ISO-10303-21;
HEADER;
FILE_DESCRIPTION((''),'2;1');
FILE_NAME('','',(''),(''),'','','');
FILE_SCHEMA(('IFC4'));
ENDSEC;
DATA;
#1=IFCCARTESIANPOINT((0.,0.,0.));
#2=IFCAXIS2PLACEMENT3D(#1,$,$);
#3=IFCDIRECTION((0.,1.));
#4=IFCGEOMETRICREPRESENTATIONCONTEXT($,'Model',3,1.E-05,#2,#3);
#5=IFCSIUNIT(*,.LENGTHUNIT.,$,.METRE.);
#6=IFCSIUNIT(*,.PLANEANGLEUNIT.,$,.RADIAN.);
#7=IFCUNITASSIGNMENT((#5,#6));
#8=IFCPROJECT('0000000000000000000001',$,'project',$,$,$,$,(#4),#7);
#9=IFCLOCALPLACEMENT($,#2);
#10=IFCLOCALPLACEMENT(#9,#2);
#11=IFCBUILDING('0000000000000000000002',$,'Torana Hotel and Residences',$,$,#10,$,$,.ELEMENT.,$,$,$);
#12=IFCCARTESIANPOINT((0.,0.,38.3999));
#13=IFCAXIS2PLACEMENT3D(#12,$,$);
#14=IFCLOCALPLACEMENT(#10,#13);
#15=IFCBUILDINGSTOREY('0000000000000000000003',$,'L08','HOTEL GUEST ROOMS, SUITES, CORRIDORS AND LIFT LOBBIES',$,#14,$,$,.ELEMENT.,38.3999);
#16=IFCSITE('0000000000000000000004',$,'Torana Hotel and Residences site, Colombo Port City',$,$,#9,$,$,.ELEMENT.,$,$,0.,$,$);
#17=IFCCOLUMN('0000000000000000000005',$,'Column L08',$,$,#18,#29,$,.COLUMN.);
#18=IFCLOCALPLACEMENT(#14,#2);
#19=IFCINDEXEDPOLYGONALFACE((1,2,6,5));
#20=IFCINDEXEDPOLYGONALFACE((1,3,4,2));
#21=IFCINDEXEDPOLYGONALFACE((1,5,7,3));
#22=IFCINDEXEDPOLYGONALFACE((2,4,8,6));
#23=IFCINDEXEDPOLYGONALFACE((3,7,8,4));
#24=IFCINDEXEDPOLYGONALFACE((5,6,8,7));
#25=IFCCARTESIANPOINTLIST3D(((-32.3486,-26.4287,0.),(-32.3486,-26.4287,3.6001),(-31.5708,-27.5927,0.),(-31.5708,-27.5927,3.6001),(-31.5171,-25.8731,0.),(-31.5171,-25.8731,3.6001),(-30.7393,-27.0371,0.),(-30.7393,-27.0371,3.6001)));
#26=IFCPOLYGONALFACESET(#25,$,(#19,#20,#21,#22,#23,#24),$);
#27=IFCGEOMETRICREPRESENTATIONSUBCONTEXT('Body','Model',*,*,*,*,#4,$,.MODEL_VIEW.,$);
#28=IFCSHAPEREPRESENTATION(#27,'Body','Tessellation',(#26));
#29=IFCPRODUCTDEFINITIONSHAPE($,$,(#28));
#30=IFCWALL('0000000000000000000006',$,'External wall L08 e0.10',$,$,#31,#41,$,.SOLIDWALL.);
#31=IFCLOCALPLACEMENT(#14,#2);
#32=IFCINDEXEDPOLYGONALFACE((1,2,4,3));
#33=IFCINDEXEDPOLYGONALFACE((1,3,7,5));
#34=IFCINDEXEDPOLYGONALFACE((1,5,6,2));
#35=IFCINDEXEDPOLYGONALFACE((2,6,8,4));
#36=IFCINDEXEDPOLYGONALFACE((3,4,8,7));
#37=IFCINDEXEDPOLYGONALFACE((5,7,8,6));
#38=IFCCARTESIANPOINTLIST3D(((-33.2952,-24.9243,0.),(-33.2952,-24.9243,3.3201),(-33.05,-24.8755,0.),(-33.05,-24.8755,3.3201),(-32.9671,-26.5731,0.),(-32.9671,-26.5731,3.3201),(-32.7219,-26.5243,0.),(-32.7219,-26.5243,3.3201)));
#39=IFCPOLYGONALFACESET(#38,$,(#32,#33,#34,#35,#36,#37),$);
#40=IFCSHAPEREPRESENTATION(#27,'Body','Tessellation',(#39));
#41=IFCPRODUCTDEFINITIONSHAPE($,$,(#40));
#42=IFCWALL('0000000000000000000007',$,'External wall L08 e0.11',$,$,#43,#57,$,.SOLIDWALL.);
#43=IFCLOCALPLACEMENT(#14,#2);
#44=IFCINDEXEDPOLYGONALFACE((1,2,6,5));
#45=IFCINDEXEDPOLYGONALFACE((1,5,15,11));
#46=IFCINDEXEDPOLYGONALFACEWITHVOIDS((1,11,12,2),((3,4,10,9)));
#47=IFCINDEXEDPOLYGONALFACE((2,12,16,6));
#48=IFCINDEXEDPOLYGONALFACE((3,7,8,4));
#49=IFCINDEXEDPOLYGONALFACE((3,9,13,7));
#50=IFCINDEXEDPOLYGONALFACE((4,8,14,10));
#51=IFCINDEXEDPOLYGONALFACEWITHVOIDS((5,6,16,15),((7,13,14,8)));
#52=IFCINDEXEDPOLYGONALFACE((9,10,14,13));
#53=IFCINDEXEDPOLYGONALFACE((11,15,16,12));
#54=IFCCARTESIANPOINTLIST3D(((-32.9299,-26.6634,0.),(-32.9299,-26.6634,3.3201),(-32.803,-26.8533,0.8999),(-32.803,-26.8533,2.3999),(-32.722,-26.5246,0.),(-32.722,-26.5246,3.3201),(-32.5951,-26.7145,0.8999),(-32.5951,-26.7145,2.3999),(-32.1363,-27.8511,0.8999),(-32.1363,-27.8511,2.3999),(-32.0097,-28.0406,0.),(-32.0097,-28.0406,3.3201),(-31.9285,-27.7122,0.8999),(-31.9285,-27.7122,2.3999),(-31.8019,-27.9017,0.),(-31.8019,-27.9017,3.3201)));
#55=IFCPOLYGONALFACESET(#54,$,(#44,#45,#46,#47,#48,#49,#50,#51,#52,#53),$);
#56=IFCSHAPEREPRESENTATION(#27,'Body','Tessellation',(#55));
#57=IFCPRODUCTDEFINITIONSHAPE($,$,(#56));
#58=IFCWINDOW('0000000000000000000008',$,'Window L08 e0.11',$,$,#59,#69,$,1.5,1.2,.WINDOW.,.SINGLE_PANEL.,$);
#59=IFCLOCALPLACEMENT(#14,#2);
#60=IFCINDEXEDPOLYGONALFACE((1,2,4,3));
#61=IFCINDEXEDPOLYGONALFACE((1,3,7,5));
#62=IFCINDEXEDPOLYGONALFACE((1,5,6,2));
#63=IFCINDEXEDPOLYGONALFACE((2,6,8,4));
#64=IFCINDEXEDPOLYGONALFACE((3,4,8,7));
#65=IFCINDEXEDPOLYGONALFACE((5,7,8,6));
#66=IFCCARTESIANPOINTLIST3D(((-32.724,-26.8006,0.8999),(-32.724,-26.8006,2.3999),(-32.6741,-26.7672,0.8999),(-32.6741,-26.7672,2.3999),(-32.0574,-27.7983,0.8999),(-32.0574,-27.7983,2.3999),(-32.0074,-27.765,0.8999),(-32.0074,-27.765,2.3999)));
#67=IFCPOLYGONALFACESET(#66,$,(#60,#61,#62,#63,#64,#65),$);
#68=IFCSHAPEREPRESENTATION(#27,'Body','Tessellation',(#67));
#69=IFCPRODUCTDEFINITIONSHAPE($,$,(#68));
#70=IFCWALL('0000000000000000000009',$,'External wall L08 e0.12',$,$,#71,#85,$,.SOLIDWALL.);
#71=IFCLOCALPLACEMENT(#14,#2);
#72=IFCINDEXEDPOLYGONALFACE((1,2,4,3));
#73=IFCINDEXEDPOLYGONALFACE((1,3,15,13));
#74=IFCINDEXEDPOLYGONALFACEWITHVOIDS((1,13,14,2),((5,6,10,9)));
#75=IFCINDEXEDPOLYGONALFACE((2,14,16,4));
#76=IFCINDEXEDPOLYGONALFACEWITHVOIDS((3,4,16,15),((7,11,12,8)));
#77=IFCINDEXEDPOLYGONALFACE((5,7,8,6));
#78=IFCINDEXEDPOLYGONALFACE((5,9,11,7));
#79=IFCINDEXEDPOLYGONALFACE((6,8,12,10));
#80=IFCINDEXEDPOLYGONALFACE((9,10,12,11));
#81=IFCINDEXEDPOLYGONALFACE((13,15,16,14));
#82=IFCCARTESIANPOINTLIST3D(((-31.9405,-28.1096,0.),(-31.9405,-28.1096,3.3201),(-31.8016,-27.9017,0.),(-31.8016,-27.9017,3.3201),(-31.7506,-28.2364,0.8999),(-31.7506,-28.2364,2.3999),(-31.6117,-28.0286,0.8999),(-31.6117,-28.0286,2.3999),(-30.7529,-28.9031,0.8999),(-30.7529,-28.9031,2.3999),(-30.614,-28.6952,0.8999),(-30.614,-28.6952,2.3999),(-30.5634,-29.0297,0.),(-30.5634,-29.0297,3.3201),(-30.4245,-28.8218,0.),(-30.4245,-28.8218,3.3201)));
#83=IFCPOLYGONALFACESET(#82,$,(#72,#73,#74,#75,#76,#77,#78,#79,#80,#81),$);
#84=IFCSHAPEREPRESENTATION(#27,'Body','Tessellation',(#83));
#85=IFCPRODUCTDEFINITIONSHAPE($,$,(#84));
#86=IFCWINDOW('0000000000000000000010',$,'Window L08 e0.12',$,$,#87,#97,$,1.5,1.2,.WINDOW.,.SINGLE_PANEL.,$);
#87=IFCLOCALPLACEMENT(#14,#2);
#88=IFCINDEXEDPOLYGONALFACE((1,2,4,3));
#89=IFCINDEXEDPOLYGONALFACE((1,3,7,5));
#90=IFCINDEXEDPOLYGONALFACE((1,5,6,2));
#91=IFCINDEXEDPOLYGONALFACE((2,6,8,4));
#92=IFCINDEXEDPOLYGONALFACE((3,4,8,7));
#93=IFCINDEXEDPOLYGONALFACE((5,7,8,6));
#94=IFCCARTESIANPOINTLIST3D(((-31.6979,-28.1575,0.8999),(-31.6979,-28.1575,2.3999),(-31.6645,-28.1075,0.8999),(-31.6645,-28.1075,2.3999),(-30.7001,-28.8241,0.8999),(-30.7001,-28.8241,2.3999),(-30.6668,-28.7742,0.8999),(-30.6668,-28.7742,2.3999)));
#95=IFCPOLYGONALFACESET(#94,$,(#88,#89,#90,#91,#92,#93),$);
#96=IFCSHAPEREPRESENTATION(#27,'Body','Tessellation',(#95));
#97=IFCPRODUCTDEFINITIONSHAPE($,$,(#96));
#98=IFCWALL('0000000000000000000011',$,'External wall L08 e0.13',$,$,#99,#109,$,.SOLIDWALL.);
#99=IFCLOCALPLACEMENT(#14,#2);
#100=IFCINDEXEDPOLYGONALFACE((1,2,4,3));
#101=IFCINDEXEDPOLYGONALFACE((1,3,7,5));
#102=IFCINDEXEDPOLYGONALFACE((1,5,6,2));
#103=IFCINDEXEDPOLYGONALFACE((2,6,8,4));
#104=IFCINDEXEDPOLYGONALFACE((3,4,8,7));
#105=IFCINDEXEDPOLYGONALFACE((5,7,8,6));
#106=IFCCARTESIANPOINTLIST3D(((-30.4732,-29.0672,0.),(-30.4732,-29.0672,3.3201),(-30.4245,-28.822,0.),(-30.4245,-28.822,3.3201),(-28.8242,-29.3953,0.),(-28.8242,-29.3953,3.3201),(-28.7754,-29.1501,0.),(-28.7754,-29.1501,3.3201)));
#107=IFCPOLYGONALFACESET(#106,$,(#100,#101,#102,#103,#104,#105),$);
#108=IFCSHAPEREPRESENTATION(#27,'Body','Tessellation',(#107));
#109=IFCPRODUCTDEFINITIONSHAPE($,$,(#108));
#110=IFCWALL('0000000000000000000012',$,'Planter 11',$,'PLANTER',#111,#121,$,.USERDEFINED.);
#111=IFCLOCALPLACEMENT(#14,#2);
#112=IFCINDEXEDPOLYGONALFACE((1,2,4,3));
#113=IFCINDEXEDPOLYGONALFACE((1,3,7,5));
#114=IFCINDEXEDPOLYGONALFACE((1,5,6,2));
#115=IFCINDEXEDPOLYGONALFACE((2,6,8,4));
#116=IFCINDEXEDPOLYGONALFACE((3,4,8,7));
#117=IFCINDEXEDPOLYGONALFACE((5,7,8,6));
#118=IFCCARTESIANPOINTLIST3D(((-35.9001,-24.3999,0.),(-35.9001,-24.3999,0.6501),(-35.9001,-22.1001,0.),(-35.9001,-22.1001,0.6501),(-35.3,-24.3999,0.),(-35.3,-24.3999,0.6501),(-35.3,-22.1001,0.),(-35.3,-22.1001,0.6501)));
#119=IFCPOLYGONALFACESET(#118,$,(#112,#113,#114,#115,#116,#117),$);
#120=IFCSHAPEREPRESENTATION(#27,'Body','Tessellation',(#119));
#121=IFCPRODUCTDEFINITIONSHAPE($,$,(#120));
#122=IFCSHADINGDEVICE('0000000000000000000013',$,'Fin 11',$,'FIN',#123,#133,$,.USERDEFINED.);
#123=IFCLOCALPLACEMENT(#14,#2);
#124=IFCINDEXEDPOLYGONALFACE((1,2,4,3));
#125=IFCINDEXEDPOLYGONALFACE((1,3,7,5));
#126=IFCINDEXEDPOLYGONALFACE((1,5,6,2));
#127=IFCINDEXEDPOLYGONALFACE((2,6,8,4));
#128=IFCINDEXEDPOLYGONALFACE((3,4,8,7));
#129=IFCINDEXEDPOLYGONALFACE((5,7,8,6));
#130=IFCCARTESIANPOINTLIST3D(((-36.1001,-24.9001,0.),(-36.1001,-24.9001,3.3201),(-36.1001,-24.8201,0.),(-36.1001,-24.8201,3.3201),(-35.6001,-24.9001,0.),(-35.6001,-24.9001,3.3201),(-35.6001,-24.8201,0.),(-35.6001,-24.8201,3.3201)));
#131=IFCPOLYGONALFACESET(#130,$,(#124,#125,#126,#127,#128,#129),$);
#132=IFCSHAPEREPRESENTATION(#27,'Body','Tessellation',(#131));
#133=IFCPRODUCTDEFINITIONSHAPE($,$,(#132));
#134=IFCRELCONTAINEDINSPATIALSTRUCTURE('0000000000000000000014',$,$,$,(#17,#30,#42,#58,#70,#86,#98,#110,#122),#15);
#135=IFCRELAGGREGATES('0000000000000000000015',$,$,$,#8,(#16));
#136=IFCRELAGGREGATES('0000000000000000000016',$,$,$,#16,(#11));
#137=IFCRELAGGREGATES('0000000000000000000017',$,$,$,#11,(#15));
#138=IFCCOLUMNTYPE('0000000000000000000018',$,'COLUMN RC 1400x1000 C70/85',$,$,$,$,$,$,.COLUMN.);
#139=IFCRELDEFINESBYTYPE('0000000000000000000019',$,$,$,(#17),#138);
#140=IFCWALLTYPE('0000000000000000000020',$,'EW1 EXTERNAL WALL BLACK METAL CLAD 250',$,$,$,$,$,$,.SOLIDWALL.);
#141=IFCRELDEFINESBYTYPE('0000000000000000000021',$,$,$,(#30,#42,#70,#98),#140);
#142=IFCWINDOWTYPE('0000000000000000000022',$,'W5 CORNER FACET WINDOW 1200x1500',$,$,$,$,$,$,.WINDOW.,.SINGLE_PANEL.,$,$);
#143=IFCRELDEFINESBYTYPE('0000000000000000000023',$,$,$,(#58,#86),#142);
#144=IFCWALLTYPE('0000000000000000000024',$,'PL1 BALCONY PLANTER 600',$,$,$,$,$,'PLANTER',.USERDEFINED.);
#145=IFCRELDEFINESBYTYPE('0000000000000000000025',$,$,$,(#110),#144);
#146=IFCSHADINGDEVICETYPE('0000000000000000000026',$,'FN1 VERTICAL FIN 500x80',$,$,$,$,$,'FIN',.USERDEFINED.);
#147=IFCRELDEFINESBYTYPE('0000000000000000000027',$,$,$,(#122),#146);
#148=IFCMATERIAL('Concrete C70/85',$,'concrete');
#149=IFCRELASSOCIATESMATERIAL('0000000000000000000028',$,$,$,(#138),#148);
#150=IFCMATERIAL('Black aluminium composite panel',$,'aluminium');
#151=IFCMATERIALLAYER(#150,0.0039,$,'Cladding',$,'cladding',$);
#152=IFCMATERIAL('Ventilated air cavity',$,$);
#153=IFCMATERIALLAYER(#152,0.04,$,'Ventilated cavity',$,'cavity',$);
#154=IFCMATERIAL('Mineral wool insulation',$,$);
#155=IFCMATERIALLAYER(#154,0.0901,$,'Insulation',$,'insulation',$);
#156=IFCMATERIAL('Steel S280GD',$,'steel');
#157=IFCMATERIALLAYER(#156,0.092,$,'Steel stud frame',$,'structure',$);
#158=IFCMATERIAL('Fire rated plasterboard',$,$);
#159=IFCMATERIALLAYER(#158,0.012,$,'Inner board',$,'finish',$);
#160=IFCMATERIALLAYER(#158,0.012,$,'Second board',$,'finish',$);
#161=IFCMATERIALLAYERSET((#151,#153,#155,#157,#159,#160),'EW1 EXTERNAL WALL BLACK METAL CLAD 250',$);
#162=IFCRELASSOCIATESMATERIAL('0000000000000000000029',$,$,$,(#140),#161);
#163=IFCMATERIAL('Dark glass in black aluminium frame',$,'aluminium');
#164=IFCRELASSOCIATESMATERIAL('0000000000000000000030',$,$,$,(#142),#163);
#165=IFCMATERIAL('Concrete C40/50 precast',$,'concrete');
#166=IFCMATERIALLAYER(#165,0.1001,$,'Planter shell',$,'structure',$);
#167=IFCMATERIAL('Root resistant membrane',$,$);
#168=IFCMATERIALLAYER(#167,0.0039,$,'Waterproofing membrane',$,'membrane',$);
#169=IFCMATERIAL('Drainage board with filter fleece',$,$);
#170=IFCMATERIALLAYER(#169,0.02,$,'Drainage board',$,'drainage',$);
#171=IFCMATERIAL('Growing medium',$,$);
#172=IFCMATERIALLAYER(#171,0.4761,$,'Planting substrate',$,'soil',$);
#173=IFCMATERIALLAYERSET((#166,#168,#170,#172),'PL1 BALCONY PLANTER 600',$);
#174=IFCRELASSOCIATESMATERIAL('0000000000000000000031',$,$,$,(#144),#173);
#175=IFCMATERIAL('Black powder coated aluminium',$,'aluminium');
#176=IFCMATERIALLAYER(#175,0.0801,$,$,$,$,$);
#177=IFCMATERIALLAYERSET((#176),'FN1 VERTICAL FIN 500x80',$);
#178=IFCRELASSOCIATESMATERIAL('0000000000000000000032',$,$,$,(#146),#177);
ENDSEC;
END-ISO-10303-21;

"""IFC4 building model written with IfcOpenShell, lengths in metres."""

from ifc_helpers import new_model, si_unit, direction, frame, frame_2d, origin, origin_2d, place, context, subcontext, project, spatial, rectangle, extrude, material, layer, layer_set, material_profile, profile_set, type_object, element, fill, save


model = new_model("IFC4")

# Units and contexts
model_context = context("Model", 3, precision=1e-05, world=origin(), true_north=direction((0.0, 1.0)))
body_context = subcontext(model_context, "Body", "Model", "MODEL_VIEW")
ifc_project = project(units=[si_unit("LENGTHUNIT", "METRE"), si_unit("PLANEANGLEUNIT", "RADIAN")], contexts=[model_context])

# Site, building, storey
site_placement = place(None, origin())
site = spatial("IfcSite", under=ifc_project, at=site_placement, Name="Torana Hotel and Residences site, Colombo Port City", CompositionType="ELEMENT", RefElevation=0.0)
building_placement = place(site_placement, origin())
building = spatial("IfcBuilding", under=site, at=building_placement, Name="Torana Hotel and Residences", CompositionType="ELEMENT")
storey_placement = place(building_placement, frame((0.0, 0.0, 38.3999)))
storey = spatial("IfcBuildingStorey", under=building, at=storey_placement, Name="L08", Description="HOTEL GUEST ROOMS, SUITES, CORRIDORS AND LIFT LOBBIES", CompositionType="ELEMENT", Elevation=38.3999)

# Column
ifc_material_1 = material(Name="Concrete C70/85", Category="concrete")
ifc_material_profile = material_profile(ifc_material_1, rectangle(XDim=1.3999, YDim=1.0, at=origin_2d()), Name="RC 1400x1000")
ifc_profile_set = profile_set([ifc_material_profile], Name="Concrete C70/85")
column_type = type_object("IfcColumnType", Name="COLUMN RC 1400x1000 C70/85", PredefinedType="COLUMN", material=ifc_profile_set)
column_placement = place(storey_placement, frame((-31.5439, -26.7329, 0.0), z_axis=(0.0, 0.0, 1.0), x_axis=(-0.555585, 0.83146, 0.0)))
element("IfcColumn", 1, at=column_placement, inside=storey, type_object=column_type, Name="Column L08", PredefinedType="COLUMN", context=body_context, shape_type="SweptSolid", body=[
    extrude(rectangle(XDim=1.3999, YDim=1.0, at=origin_2d()), origin(), (0.0, 0.0, 1.0), 3.6001),
])

# Wall
ifc_material_2 = material(Name="Black aluminium composite panel", Category="aluminium")
ifc_layer_1 = layer(ifc_material_2, 0.0039, Name="Cladding", Category="cladding")
ifc_material_3 = material(Name="Ventilated air cavity")
ifc_layer_2 = layer(ifc_material_3, 0.04, Name="Ventilated cavity", Category="cavity")
ifc_material_4 = material(Name="Mineral wool insulation")
ifc_layer_3 = layer(ifc_material_4, 0.0901, Name="Insulation", Category="insulation")
ifc_material_5 = material(Name="Steel S280GD", Category="steel")
ifc_layer_4 = layer(ifc_material_5, 0.092, Name="Steel stud frame", Category="structure")
ifc_material_6 = material(Name="Fire rated plasterboard")
ifc_layer_5 = layer(ifc_material_6, 0.012, Name="Inner board", Category="finish")
ifc_layer_6 = layer(ifc_material_6, 0.012, Name="Second board", Category="finish")
ifc_layer_set_1 = layer_set([ifc_layer_1, ifc_layer_2, ifc_layer_3, ifc_layer_4, ifc_layer_5, ifc_layer_6], Name="EW1 EXTERNAL WALL BLACK METAL CLAD 250")
wall_type_1 = type_object("IfcWallType", Name="EW1 EXTERNAL WALL BLACK METAL CLAD 250", PredefinedType="SOLIDWALL", material=ifc_layer_set_1)
wall_1_placement = place(storey_placement, frame((-33.1726, -24.8999, 0.0), z_axis=(0.0, 0.0, 1.0), x_axis=(0.195167, -0.98077, 0.0)))
element("IfcWall", 2, at=wall_1_placement, inside=storey, type_object=wall_type_1, Name="External wall L08 e0.10", PredefinedType="SOLIDWALL", context=body_context, shape_type="SweptSolid", body=[
    extrude(rectangle(XDim=1.6812, YDim=0.25, at=frame_2d((0.8406, 0.0))), origin(), (0.0, 0.0, 1.0), 3.3201),
])

# Walls, openings, windows
wall_2_placement = place(storey_placement, frame((-32.8259, -26.594, 0.0), z_axis=(0.0, 0.0, 1.0), x_axis=(0.55555, -0.831483, 0.0)))
wall_2 = element("IfcWall", 3, at=wall_2_placement, inside=storey, type_object=wall_type_1, Name="External wall L08 e0.11", PredefinedType="SOLIDWALL", context=body_context, shape_type="SweptSolid", body=[
    extrude(rectangle(XDim=1.6562, YDim=0.25, at=frame_2d((0.8281, 0.0))), origin(), (0.0, 0.0, 1.0), 3.3201),
])
opening_1_placement = place(wall_2_placement, frame((0.2283, 0.0, 0.8999)))
opening_1 = element("IfcOpeningElement", 4, at=opening_1_placement, cuts=wall_2, PredefinedType="OPENING", context=body_context, shape_type="SweptSolid", body=[
    extrude(rectangle(XDim=1.2, YDim=1.5, at=frame_2d((0.6001, 0.75))), frame((0.0, 0.135, 0.0), z_axis=(0.0, -1.0, 0.0), x_axis=(1.0, 0.0, 0.0)), (0.0, 0.0, 1.0), 0.27),
])
ifc_material_7 = material(Name="Dark glass in black aluminium frame", Category="aluminium")
window_type = type_object("IfcWindowType", Name="W5 CORNER FACET WINDOW 1200x1500", PartitioningType="SINGLE_PANEL", PredefinedType="WINDOW", material=ifc_material_7)
window_1_placement = place(opening_1_placement, origin())
window_1 = element("IfcWindow", 5, at=window_1_placement, inside=storey, type_object=window_type, Name="Window L08 e0.11", OverallHeight=1.5, OverallWidth=1.2, PartitioningType="SINGLE_PANEL", PredefinedType="WINDOW", context=body_context, shape_type="SweptSolid", body=[
    extrude(rectangle(XDim=1.2, YDim=1.5, at=frame_2d((0.6001, 0.75))), frame((0.0, 0.03, 0.0), z_axis=(0.0, -1.0, 0.0), x_axis=(1.0, 0.0, 0.0)), (0.0, 0.0, 1.0), 0.0601),
])
fill(opening_1, window_1)
wall_3_placement = place(storey_placement, frame((-31.8711, -28.0056, 0.0), z_axis=(0.0, 0.0, 1.0), x_axis=(0.831483, -0.55555, 0.0)))
wall_3 = element("IfcWall", 6, at=wall_3_placement, inside=storey, type_object=wall_type_1, Name="External wall L08 e0.12", PredefinedType="SOLIDWALL", context=body_context, shape_type="SweptSolid", body=[
    extrude(rectangle(XDim=1.6562, YDim=0.25, at=frame_2d((0.8281, 0.0))), origin(), (0.0, 0.0, 1.0), 3.3201),
])
opening_2_placement = place(wall_3_placement, frame((0.2283, 0.0, 0.8999)))
opening_2 = element("IfcOpeningElement", 7, at=opening_2_placement, cuts=wall_3, PredefinedType="OPENING", context=body_context, shape_type="SweptSolid", body=[
    extrude(rectangle(XDim=1.2, YDim=1.5, at=frame_2d((0.6001, 0.75))), frame((0.0, 0.135, 0.0), z_axis=(0.0, -1.0, 0.0), x_axis=(1.0, 0.0, 0.0)), (0.0, 0.0, 1.0), 0.27),
])
window_2_placement = place(opening_2_placement, origin())
window_2 = element("IfcWindow", 8, at=window_2_placement, inside=storey, type_object=window_type, Name="Window L08 e0.12", OverallHeight=1.5, OverallWidth=1.2, PartitioningType="SINGLE_PANEL", PredefinedType="WINDOW", context=body_context, shape_type="SweptSolid", body=[
    extrude(rectangle(XDim=1.2, YDim=1.5, at=frame_2d((0.6001, 0.75))), frame((0.0, 0.03, 0.0), z_axis=(0.0, -1.0, 0.0), x_axis=(1.0, 0.0, 0.0)), (0.0, 0.0, 1.0), 0.0601),
])
fill(opening_2, window_2)

# Walls
wall_4_placement = place(storey_placement, frame((-30.449, -28.9446, 0.0), z_axis=(0.0, 0.0, 1.0), x_axis=(0.980776, -0.195139, 0.0)))
element("IfcWall", 9, at=wall_4_placement, inside=storey, type_object=wall_type_1, Name="External wall L08 e0.13", PredefinedType="SOLIDWALL", context=body_context, shape_type="SweptSolid", body=[
    extrude(rectangle(XDim=1.6814, YDim=0.25, at=frame_2d((0.8408, 0.0))), origin(), (0.0, 0.0, 1.0), 3.3201),
])
ifc_material_8 = material(Name="Concrete C40/50 precast", Category="concrete")
ifc_layer_7 = layer(ifc_material_8, 0.1001, Name="Planter shell", Category="structure")
ifc_material_9 = material(Name="Root resistant membrane")
ifc_layer_8 = layer(ifc_material_9, 0.0039, Name="Waterproofing membrane", Category="membrane")
ifc_material_10 = material(Name="Drainage board with filter fleece")
ifc_layer_9 = layer(ifc_material_10, 0.02, Name="Drainage board", Category="drainage")
ifc_material_11 = material(Name="Growing medium")
ifc_layer_10 = layer(ifc_material_11, 0.4761, Name="Planting substrate", Category="soil")
ifc_layer_set_2 = layer_set([ifc_layer_7, ifc_layer_8, ifc_layer_9, ifc_layer_10], Name="PL1 BALCONY PLANTER 600")
wall_type_2 = type_object("IfcWallType", Name="PL1 BALCONY PLANTER 600", ElementType="PLANTER", PredefinedType="USERDEFINED", material=ifc_layer_set_2)
wall_5_placement = place(storey_placement, frame((-35.6001, -24.3999, 0.0), z_axis=(0.0, 0.0, 1.0), x_axis=(0.0, 1.0, 0.0)))
element("IfcWall", 10, at=wall_5_placement, inside=storey, type_object=wall_type_2, Name="Planter 11", ObjectType="PLANTER", PredefinedType="USERDEFINED", context=body_context, shape_type="SweptSolid", body=[
    extrude(rectangle(XDim=2.2998, YDim=0.6001, at=frame_2d((1.1499, 0.0))), origin(), (0.0, 0.0, 1.0), 0.6501),
])

# Shading device
ifc_material_12 = material(Name="Black powder coated aluminium", Category="aluminium")
ifc_layer_11 = layer(ifc_material_12, 0.0801)
ifc_layer_set_3 = layer_set([ifc_layer_11], Name="FN1 VERTICAL FIN 500x80")
shading_device_type = type_object("IfcShadingDeviceType", Name="FN1 VERTICAL FIN 500x80", ElementType="FIN", PredefinedType="USERDEFINED", material=ifc_layer_set_3)
shading_device_placement = place(storey_placement, frame((-35.8501, -24.8601, 0.0), z_axis=(0.0, 0.0, 1.0), x_axis=(0.0, 1.0, 0.0)))
element("IfcShadingDevice", 11, at=shading_device_placement, inside=storey, type_object=shading_device_type, Name="Fin 11", ObjectType="FIN", PredefinedType="USERDEFINED", context=body_context, shape_type="SweptSolid", body=[
    extrude(rectangle(XDim=0.0801, YDim=0.5, at=origin_2d()), origin(), (0.0, 0.0, 1.0), 3.3201),
])

save(model, "model.ifc")
